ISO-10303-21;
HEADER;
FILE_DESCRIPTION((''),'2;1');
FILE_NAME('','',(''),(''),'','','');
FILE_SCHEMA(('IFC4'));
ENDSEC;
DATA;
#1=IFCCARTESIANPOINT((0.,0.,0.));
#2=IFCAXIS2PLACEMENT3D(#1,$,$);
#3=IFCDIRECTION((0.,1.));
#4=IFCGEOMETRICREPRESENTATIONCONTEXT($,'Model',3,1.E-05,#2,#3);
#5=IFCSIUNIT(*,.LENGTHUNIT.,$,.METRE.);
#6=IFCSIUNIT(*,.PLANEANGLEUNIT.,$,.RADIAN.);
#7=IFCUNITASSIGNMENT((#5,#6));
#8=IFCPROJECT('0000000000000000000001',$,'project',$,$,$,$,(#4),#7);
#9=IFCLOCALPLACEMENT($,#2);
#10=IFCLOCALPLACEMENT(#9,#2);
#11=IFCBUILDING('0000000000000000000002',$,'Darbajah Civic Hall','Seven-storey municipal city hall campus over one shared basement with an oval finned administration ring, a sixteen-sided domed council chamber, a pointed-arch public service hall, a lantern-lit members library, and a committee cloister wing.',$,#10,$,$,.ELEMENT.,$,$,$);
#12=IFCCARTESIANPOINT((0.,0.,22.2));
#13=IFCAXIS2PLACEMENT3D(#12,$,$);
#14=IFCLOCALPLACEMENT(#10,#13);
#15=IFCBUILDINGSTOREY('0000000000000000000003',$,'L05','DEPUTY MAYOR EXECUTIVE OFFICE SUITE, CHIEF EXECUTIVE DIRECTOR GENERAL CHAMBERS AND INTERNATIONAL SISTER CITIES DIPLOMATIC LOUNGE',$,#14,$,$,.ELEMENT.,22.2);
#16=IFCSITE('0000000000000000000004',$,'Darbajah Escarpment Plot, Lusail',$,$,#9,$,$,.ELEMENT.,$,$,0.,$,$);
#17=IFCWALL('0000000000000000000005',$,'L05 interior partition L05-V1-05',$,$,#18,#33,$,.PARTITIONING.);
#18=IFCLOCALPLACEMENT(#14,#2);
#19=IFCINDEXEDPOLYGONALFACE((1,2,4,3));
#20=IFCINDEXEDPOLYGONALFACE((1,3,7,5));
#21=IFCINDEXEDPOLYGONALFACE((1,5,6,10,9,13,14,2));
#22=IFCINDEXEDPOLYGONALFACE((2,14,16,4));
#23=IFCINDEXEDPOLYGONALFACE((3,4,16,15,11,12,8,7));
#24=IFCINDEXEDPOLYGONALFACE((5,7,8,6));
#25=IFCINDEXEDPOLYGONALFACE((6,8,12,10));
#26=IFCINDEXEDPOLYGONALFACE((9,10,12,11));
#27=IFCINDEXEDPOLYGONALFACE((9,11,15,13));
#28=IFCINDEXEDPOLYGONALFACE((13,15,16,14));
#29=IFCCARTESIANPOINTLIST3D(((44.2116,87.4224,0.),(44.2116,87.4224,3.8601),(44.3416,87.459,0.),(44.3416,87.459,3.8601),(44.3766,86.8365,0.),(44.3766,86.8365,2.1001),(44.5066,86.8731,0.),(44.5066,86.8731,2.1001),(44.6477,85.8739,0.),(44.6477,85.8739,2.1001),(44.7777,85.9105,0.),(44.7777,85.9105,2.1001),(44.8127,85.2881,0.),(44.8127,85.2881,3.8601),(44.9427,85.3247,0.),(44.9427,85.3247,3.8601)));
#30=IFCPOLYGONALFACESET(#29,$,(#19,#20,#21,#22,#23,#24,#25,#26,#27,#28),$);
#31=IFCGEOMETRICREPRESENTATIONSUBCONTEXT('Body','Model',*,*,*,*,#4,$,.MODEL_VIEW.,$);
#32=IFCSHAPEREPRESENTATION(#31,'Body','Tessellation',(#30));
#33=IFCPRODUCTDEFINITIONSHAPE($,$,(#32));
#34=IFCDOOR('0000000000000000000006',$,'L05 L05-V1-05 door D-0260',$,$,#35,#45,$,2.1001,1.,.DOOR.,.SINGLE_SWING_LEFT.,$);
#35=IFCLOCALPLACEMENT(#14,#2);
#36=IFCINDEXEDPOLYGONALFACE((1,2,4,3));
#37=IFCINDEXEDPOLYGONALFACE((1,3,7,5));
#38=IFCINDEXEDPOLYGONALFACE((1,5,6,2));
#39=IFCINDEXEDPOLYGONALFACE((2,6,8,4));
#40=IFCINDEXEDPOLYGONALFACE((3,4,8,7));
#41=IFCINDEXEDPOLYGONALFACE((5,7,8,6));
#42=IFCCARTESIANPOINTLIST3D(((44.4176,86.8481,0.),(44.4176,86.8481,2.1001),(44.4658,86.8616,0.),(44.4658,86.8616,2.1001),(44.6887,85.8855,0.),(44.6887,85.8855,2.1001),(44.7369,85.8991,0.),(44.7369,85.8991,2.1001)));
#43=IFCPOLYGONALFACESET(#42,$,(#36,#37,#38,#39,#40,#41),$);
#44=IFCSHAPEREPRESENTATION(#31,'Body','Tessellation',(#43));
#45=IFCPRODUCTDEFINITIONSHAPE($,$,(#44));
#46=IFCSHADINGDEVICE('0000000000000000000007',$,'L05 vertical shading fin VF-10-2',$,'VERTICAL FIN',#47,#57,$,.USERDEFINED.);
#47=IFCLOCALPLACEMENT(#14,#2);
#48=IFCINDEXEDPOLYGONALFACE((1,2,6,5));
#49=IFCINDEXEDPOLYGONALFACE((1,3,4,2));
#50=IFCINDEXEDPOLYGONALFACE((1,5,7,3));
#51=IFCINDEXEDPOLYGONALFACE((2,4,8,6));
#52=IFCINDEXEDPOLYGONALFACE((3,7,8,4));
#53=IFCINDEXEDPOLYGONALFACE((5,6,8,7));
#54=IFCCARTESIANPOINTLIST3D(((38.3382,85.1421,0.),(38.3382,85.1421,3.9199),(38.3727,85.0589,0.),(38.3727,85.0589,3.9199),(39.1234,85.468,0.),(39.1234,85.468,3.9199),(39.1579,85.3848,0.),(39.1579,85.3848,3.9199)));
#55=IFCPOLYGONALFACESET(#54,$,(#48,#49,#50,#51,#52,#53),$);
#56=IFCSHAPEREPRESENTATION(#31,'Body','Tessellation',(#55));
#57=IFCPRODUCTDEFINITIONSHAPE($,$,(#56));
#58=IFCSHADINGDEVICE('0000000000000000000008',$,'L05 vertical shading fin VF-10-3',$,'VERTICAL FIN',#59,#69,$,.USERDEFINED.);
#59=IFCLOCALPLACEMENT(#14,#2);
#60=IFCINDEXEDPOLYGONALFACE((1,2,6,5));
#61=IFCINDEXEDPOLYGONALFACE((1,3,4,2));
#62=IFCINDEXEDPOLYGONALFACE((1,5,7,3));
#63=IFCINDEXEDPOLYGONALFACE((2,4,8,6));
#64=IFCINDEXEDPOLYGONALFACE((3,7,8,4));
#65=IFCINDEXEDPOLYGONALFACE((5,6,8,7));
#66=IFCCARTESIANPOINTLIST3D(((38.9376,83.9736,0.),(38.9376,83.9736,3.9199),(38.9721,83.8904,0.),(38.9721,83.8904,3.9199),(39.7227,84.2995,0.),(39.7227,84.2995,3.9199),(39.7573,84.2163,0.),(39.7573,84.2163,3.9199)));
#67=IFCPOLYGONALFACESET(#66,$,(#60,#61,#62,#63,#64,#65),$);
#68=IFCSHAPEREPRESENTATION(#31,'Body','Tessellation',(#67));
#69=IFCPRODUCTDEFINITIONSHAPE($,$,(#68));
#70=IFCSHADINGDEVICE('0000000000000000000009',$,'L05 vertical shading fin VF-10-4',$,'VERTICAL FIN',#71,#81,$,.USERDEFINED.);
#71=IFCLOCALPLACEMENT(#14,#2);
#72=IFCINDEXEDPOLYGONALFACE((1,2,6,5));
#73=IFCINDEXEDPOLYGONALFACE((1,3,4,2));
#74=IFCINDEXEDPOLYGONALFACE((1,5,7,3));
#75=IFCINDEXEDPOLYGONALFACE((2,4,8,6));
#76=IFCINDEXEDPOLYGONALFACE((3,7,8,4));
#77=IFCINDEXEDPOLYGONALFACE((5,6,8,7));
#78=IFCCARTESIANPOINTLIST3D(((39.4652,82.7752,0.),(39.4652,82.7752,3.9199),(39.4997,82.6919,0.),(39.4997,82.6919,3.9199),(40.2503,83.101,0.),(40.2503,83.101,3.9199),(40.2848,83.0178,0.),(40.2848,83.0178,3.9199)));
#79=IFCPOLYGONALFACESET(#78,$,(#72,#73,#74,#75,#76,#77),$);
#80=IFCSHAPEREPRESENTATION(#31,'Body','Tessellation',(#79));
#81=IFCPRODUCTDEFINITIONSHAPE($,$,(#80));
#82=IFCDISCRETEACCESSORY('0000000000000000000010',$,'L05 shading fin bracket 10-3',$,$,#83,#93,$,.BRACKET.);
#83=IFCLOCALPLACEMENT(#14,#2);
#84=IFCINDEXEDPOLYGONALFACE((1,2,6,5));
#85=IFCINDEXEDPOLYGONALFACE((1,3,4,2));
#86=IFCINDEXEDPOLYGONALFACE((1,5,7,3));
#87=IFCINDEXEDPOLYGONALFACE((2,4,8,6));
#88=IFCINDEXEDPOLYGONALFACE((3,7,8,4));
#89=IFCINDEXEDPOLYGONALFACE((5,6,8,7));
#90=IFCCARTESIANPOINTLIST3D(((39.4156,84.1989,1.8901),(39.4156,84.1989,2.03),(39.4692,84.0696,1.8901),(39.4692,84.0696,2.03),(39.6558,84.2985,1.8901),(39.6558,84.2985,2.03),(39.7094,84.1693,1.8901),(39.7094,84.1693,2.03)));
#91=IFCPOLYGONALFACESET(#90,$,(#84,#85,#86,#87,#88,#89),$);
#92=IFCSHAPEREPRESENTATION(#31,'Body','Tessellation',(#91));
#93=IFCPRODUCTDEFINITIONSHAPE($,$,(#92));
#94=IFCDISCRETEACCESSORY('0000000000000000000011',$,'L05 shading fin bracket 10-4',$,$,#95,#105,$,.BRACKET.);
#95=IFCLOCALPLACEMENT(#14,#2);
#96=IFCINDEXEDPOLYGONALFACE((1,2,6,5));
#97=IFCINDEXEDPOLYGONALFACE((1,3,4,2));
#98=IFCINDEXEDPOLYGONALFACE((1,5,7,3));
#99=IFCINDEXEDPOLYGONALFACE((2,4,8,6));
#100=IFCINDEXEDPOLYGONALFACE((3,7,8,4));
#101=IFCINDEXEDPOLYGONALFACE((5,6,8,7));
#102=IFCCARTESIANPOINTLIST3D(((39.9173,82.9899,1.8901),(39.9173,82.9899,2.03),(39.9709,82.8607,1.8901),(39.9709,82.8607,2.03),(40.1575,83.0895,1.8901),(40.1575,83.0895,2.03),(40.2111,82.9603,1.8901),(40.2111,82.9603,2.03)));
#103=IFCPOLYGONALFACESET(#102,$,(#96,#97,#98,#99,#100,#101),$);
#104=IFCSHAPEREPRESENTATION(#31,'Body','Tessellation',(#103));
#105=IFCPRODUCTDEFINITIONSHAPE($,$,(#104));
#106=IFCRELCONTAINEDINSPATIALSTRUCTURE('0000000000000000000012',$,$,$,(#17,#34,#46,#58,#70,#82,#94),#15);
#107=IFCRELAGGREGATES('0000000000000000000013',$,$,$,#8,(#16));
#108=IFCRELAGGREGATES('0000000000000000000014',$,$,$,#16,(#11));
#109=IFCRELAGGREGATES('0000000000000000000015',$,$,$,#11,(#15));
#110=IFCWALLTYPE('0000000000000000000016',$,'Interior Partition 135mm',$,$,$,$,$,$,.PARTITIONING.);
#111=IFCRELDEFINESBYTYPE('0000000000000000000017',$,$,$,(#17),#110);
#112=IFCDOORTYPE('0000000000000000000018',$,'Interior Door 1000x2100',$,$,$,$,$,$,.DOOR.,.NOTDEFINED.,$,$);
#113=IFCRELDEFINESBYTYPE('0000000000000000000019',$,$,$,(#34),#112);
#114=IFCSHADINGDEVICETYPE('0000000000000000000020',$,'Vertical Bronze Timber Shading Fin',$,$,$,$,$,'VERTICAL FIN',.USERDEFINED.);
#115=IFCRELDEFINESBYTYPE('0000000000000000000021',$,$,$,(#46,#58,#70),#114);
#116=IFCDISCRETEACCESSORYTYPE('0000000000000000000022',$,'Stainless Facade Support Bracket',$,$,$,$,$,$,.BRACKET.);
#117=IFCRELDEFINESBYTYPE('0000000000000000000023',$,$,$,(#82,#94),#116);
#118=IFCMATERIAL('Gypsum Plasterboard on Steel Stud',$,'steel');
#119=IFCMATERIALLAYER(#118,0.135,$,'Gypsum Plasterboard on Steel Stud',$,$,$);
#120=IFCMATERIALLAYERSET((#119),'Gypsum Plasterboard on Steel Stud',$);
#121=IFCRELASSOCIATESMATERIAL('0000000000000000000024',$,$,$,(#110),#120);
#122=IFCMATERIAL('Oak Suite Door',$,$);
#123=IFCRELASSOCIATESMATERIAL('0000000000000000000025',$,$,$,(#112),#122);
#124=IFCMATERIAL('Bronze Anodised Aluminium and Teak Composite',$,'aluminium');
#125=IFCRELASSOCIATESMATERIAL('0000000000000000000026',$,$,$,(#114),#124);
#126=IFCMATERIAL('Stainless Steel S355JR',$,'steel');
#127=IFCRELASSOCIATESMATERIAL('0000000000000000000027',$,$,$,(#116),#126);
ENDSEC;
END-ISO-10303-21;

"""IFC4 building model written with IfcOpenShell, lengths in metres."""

from ifc_helpers import new_model, si_unit, direction, frame, frame_2d, origin, origin_2d, place, context, subcontext, project, spatial, rectangle, extrude, material, layer, layer_set, type_object, element, fill, save


model = new_model("IFC4")

# Units and contexts
model_context = context("Model", 3, precision=1e-05, world=origin(), true_north=direction((0.0, 1.0)))
body_context = subcontext(model_context, "Body", "Model", "MODEL_VIEW")
ifc_project = project(units=[si_unit("LENGTHUNIT", "METRE"), si_unit("PLANEANGLEUNIT", "RADIAN")], contexts=[model_context])

# Site, building, storey
site_placement = place(None, origin())
site = spatial("IfcSite", under=ifc_project, at=site_placement, Name="Darbajah Escarpment Plot, Lusail", CompositionType="ELEMENT", RefElevation=0.0)
building_placement = place(site_placement, origin())
building = spatial("IfcBuilding", under=site, at=building_placement, Name="Darbajah Civic Hall", Description="Seven-storey municipal city hall campus over one shared basement with an oval finned administration ring, a sixteen-sided domed council chamber, a pointed-arch public service hall, a lantern-lit members library, and a committee cloister wing.", CompositionType="ELEMENT")
storey_placement = place(building_placement, frame((0.0, 0.0, 22.2)))
storey = spatial("IfcBuildingStorey", under=building, at=storey_placement, Name="L05", Description="DEPUTY MAYOR EXECUTIVE OFFICE SUITE, CHIEF EXECUTIVE DIRECTOR GENERAL CHAMBERS AND INTERNATIONAL SISTER CITIES DIPLOMATIC LOUNGE", CompositionType="ELEMENT", Elevation=22.2)

# Wall, opening, door
ifc_material_1 = material(Name="Gypsum Plasterboard on Steel Stud", Category="steel")
ifc_layer_1 = layer(ifc_material_1, 0.135, Name="Gypsum Plasterboard on Steel Stud")
ifc_layer_set_1 = layer_set([ifc_layer_1], Name="Gypsum Plasterboard on Steel Stud")
wall_type = type_object("IfcWallType", Name="Interior Partition 135mm", PredefinedType="PARTITIONING", material=ifc_layer_set_1)
wall_placement = place(storey_placement, frame((44.8777, 85.3064, 0.0), z_axis=(0.0, 0.0, 1.0), x_axis=(-0.271084, 0.962556, 0.0)))
wall = element("IfcWall", 1, at=wall_placement, inside=storey, type_object=wall_type, Name="L05 interior partition L05-V1-05", PredefinedType="PARTITIONING", context=body_context, shape_type="SweptSolid", body=[
    extrude(rectangle(XDim=2.2173, YDim=0.135, at=frame_2d((1.1086, 0.0))), origin(), (0.0, 0.0, 1.0), 3.8601),
])
opening_placement = place(wall_placement, frame((0.6086, 0.0, 0.0)))
opening = element("IfcOpeningElement", 2, at=opening_placement, cuts=wall, PredefinedType="OPENING", context=body_context, shape_type="SweptSolid", body=[
    extrude(rectangle(XDim=1.0, YDim=2.1001, at=frame_2d((0.5, 1.05))), frame((0.0, 0.0774, 0.0), z_axis=(0.0, -1.0, 0.0), x_axis=(1.0, 0.0, 0.0)), (0.0, 0.0, 1.0), 0.155),
])
ifc_material_2 = material(Name="Oak Suite Door")
door_type = type_object("IfcDoorType", Name="Interior Door 1000x2100", OperationType="NOTDEFINED", PredefinedType="DOOR", material=ifc_material_2)
door_placement = place(opening_placement, origin())
door = element("IfcDoor", 3, at=door_placement, inside=storey, type_object=door_type, Name="L05 L05-V1-05 door D-0260", OperationType="SINGLE_SWING_LEFT", OverallHeight=2.1001, OverallWidth=1.0, PredefinedType="DOOR", context=body_context, shape_type="SweptSolid", body=[
    extrude(rectangle(XDim=1.0, YDim=2.1001, at=frame_2d((0.5, 1.05))), frame((0.0, 0.0249, 0.0), z_axis=(0.0, -1.0, 0.0), x_axis=(1.0, 0.0, 0.0)), (0.0, 0.0, 1.0), 0.05),
])
fill(opening, door)

# Shading devices
ifc_material_3 = material(Name="Bronze Anodised Aluminium and Teak Composite", Category="aluminium")
shading_device_type = type_object("IfcShadingDeviceType", Name="Vertical Bronze Timber Shading Fin", ElementType="VERTICAL FIN", PredefinedType="USERDEFINED", material=ifc_material_3)
for number, where, z_axis, x_axis, name in (
    (4, (38.748, 85.2634, 0.0), (0.0, 0.0, 1.0), (-0.923612, -0.383328, 0.0), "L05 vertical shading fin VF-10-2"),
    (5, (39.3474, 84.095, 0.0), (0.0, 0.0, 1.0), (-0.923612, -0.383328, 0.0), "L05 vertical shading fin VF-10-3"),
    (6, (39.875, 82.8965, 0.0), (0.0, 0.0, 1.0), (-0.923612, -0.383328, 0.0), "L05 vertical shading fin VF-10-4"),
):
    element("IfcShadingDevice", number, at=place(storey_placement, frame(where, z_axis=z_axis, x_axis=x_axis)), inside=storey, type_object=shading_device_type, Name=name, ObjectType="VERTICAL FIN", PredefinedType="USERDEFINED", context=body_context, shape_type="SweptSolid", body=[
        extrude(rectangle(XDim=0.8501, YDim=0.0901, at=origin_2d()), origin(), (0.0, 0.0, 1.0), 3.9199),
    ])

# Discrete accessories
ifc_material_4 = material(Name="Stainless Steel S355JR", Category="steel")
discrete_accessory_type = type_object("IfcDiscreteAccessoryType", Name="Stainless Facade Support Bracket", PredefinedType="BRACKET", material=ifc_material_4)
for number, where, z_axis, x_axis, name in (
    (7, (39.5625, 84.1841, 1.8901), (0.0, 0.0, 1.0), (-0.923612, -0.383328, 0.0), "L05 shading fin bracket 10-3"),
    (8, (40.0642, 82.9751, 1.8901), (0.0, 0.0, 1.0), (-0.923612, -0.383328, 0.0), "L05 shading fin bracket 10-4"),
):
    element("IfcDiscreteAccessory", number, at=place(storey_placement, frame(where, z_axis=z_axis, x_axis=x_axis)), inside=storey, type_object=discrete_accessory_type, Name=name, PredefinedType="BRACKET", context=body_context, shape_type="SweptSolid", body=[
        extrude(rectangle(XDim=0.26, YDim=0.1399, at=origin_2d()), origin(), (0.0, 0.0, 1.0), 0.1399),
    ])

save(model, "model.ifc")
